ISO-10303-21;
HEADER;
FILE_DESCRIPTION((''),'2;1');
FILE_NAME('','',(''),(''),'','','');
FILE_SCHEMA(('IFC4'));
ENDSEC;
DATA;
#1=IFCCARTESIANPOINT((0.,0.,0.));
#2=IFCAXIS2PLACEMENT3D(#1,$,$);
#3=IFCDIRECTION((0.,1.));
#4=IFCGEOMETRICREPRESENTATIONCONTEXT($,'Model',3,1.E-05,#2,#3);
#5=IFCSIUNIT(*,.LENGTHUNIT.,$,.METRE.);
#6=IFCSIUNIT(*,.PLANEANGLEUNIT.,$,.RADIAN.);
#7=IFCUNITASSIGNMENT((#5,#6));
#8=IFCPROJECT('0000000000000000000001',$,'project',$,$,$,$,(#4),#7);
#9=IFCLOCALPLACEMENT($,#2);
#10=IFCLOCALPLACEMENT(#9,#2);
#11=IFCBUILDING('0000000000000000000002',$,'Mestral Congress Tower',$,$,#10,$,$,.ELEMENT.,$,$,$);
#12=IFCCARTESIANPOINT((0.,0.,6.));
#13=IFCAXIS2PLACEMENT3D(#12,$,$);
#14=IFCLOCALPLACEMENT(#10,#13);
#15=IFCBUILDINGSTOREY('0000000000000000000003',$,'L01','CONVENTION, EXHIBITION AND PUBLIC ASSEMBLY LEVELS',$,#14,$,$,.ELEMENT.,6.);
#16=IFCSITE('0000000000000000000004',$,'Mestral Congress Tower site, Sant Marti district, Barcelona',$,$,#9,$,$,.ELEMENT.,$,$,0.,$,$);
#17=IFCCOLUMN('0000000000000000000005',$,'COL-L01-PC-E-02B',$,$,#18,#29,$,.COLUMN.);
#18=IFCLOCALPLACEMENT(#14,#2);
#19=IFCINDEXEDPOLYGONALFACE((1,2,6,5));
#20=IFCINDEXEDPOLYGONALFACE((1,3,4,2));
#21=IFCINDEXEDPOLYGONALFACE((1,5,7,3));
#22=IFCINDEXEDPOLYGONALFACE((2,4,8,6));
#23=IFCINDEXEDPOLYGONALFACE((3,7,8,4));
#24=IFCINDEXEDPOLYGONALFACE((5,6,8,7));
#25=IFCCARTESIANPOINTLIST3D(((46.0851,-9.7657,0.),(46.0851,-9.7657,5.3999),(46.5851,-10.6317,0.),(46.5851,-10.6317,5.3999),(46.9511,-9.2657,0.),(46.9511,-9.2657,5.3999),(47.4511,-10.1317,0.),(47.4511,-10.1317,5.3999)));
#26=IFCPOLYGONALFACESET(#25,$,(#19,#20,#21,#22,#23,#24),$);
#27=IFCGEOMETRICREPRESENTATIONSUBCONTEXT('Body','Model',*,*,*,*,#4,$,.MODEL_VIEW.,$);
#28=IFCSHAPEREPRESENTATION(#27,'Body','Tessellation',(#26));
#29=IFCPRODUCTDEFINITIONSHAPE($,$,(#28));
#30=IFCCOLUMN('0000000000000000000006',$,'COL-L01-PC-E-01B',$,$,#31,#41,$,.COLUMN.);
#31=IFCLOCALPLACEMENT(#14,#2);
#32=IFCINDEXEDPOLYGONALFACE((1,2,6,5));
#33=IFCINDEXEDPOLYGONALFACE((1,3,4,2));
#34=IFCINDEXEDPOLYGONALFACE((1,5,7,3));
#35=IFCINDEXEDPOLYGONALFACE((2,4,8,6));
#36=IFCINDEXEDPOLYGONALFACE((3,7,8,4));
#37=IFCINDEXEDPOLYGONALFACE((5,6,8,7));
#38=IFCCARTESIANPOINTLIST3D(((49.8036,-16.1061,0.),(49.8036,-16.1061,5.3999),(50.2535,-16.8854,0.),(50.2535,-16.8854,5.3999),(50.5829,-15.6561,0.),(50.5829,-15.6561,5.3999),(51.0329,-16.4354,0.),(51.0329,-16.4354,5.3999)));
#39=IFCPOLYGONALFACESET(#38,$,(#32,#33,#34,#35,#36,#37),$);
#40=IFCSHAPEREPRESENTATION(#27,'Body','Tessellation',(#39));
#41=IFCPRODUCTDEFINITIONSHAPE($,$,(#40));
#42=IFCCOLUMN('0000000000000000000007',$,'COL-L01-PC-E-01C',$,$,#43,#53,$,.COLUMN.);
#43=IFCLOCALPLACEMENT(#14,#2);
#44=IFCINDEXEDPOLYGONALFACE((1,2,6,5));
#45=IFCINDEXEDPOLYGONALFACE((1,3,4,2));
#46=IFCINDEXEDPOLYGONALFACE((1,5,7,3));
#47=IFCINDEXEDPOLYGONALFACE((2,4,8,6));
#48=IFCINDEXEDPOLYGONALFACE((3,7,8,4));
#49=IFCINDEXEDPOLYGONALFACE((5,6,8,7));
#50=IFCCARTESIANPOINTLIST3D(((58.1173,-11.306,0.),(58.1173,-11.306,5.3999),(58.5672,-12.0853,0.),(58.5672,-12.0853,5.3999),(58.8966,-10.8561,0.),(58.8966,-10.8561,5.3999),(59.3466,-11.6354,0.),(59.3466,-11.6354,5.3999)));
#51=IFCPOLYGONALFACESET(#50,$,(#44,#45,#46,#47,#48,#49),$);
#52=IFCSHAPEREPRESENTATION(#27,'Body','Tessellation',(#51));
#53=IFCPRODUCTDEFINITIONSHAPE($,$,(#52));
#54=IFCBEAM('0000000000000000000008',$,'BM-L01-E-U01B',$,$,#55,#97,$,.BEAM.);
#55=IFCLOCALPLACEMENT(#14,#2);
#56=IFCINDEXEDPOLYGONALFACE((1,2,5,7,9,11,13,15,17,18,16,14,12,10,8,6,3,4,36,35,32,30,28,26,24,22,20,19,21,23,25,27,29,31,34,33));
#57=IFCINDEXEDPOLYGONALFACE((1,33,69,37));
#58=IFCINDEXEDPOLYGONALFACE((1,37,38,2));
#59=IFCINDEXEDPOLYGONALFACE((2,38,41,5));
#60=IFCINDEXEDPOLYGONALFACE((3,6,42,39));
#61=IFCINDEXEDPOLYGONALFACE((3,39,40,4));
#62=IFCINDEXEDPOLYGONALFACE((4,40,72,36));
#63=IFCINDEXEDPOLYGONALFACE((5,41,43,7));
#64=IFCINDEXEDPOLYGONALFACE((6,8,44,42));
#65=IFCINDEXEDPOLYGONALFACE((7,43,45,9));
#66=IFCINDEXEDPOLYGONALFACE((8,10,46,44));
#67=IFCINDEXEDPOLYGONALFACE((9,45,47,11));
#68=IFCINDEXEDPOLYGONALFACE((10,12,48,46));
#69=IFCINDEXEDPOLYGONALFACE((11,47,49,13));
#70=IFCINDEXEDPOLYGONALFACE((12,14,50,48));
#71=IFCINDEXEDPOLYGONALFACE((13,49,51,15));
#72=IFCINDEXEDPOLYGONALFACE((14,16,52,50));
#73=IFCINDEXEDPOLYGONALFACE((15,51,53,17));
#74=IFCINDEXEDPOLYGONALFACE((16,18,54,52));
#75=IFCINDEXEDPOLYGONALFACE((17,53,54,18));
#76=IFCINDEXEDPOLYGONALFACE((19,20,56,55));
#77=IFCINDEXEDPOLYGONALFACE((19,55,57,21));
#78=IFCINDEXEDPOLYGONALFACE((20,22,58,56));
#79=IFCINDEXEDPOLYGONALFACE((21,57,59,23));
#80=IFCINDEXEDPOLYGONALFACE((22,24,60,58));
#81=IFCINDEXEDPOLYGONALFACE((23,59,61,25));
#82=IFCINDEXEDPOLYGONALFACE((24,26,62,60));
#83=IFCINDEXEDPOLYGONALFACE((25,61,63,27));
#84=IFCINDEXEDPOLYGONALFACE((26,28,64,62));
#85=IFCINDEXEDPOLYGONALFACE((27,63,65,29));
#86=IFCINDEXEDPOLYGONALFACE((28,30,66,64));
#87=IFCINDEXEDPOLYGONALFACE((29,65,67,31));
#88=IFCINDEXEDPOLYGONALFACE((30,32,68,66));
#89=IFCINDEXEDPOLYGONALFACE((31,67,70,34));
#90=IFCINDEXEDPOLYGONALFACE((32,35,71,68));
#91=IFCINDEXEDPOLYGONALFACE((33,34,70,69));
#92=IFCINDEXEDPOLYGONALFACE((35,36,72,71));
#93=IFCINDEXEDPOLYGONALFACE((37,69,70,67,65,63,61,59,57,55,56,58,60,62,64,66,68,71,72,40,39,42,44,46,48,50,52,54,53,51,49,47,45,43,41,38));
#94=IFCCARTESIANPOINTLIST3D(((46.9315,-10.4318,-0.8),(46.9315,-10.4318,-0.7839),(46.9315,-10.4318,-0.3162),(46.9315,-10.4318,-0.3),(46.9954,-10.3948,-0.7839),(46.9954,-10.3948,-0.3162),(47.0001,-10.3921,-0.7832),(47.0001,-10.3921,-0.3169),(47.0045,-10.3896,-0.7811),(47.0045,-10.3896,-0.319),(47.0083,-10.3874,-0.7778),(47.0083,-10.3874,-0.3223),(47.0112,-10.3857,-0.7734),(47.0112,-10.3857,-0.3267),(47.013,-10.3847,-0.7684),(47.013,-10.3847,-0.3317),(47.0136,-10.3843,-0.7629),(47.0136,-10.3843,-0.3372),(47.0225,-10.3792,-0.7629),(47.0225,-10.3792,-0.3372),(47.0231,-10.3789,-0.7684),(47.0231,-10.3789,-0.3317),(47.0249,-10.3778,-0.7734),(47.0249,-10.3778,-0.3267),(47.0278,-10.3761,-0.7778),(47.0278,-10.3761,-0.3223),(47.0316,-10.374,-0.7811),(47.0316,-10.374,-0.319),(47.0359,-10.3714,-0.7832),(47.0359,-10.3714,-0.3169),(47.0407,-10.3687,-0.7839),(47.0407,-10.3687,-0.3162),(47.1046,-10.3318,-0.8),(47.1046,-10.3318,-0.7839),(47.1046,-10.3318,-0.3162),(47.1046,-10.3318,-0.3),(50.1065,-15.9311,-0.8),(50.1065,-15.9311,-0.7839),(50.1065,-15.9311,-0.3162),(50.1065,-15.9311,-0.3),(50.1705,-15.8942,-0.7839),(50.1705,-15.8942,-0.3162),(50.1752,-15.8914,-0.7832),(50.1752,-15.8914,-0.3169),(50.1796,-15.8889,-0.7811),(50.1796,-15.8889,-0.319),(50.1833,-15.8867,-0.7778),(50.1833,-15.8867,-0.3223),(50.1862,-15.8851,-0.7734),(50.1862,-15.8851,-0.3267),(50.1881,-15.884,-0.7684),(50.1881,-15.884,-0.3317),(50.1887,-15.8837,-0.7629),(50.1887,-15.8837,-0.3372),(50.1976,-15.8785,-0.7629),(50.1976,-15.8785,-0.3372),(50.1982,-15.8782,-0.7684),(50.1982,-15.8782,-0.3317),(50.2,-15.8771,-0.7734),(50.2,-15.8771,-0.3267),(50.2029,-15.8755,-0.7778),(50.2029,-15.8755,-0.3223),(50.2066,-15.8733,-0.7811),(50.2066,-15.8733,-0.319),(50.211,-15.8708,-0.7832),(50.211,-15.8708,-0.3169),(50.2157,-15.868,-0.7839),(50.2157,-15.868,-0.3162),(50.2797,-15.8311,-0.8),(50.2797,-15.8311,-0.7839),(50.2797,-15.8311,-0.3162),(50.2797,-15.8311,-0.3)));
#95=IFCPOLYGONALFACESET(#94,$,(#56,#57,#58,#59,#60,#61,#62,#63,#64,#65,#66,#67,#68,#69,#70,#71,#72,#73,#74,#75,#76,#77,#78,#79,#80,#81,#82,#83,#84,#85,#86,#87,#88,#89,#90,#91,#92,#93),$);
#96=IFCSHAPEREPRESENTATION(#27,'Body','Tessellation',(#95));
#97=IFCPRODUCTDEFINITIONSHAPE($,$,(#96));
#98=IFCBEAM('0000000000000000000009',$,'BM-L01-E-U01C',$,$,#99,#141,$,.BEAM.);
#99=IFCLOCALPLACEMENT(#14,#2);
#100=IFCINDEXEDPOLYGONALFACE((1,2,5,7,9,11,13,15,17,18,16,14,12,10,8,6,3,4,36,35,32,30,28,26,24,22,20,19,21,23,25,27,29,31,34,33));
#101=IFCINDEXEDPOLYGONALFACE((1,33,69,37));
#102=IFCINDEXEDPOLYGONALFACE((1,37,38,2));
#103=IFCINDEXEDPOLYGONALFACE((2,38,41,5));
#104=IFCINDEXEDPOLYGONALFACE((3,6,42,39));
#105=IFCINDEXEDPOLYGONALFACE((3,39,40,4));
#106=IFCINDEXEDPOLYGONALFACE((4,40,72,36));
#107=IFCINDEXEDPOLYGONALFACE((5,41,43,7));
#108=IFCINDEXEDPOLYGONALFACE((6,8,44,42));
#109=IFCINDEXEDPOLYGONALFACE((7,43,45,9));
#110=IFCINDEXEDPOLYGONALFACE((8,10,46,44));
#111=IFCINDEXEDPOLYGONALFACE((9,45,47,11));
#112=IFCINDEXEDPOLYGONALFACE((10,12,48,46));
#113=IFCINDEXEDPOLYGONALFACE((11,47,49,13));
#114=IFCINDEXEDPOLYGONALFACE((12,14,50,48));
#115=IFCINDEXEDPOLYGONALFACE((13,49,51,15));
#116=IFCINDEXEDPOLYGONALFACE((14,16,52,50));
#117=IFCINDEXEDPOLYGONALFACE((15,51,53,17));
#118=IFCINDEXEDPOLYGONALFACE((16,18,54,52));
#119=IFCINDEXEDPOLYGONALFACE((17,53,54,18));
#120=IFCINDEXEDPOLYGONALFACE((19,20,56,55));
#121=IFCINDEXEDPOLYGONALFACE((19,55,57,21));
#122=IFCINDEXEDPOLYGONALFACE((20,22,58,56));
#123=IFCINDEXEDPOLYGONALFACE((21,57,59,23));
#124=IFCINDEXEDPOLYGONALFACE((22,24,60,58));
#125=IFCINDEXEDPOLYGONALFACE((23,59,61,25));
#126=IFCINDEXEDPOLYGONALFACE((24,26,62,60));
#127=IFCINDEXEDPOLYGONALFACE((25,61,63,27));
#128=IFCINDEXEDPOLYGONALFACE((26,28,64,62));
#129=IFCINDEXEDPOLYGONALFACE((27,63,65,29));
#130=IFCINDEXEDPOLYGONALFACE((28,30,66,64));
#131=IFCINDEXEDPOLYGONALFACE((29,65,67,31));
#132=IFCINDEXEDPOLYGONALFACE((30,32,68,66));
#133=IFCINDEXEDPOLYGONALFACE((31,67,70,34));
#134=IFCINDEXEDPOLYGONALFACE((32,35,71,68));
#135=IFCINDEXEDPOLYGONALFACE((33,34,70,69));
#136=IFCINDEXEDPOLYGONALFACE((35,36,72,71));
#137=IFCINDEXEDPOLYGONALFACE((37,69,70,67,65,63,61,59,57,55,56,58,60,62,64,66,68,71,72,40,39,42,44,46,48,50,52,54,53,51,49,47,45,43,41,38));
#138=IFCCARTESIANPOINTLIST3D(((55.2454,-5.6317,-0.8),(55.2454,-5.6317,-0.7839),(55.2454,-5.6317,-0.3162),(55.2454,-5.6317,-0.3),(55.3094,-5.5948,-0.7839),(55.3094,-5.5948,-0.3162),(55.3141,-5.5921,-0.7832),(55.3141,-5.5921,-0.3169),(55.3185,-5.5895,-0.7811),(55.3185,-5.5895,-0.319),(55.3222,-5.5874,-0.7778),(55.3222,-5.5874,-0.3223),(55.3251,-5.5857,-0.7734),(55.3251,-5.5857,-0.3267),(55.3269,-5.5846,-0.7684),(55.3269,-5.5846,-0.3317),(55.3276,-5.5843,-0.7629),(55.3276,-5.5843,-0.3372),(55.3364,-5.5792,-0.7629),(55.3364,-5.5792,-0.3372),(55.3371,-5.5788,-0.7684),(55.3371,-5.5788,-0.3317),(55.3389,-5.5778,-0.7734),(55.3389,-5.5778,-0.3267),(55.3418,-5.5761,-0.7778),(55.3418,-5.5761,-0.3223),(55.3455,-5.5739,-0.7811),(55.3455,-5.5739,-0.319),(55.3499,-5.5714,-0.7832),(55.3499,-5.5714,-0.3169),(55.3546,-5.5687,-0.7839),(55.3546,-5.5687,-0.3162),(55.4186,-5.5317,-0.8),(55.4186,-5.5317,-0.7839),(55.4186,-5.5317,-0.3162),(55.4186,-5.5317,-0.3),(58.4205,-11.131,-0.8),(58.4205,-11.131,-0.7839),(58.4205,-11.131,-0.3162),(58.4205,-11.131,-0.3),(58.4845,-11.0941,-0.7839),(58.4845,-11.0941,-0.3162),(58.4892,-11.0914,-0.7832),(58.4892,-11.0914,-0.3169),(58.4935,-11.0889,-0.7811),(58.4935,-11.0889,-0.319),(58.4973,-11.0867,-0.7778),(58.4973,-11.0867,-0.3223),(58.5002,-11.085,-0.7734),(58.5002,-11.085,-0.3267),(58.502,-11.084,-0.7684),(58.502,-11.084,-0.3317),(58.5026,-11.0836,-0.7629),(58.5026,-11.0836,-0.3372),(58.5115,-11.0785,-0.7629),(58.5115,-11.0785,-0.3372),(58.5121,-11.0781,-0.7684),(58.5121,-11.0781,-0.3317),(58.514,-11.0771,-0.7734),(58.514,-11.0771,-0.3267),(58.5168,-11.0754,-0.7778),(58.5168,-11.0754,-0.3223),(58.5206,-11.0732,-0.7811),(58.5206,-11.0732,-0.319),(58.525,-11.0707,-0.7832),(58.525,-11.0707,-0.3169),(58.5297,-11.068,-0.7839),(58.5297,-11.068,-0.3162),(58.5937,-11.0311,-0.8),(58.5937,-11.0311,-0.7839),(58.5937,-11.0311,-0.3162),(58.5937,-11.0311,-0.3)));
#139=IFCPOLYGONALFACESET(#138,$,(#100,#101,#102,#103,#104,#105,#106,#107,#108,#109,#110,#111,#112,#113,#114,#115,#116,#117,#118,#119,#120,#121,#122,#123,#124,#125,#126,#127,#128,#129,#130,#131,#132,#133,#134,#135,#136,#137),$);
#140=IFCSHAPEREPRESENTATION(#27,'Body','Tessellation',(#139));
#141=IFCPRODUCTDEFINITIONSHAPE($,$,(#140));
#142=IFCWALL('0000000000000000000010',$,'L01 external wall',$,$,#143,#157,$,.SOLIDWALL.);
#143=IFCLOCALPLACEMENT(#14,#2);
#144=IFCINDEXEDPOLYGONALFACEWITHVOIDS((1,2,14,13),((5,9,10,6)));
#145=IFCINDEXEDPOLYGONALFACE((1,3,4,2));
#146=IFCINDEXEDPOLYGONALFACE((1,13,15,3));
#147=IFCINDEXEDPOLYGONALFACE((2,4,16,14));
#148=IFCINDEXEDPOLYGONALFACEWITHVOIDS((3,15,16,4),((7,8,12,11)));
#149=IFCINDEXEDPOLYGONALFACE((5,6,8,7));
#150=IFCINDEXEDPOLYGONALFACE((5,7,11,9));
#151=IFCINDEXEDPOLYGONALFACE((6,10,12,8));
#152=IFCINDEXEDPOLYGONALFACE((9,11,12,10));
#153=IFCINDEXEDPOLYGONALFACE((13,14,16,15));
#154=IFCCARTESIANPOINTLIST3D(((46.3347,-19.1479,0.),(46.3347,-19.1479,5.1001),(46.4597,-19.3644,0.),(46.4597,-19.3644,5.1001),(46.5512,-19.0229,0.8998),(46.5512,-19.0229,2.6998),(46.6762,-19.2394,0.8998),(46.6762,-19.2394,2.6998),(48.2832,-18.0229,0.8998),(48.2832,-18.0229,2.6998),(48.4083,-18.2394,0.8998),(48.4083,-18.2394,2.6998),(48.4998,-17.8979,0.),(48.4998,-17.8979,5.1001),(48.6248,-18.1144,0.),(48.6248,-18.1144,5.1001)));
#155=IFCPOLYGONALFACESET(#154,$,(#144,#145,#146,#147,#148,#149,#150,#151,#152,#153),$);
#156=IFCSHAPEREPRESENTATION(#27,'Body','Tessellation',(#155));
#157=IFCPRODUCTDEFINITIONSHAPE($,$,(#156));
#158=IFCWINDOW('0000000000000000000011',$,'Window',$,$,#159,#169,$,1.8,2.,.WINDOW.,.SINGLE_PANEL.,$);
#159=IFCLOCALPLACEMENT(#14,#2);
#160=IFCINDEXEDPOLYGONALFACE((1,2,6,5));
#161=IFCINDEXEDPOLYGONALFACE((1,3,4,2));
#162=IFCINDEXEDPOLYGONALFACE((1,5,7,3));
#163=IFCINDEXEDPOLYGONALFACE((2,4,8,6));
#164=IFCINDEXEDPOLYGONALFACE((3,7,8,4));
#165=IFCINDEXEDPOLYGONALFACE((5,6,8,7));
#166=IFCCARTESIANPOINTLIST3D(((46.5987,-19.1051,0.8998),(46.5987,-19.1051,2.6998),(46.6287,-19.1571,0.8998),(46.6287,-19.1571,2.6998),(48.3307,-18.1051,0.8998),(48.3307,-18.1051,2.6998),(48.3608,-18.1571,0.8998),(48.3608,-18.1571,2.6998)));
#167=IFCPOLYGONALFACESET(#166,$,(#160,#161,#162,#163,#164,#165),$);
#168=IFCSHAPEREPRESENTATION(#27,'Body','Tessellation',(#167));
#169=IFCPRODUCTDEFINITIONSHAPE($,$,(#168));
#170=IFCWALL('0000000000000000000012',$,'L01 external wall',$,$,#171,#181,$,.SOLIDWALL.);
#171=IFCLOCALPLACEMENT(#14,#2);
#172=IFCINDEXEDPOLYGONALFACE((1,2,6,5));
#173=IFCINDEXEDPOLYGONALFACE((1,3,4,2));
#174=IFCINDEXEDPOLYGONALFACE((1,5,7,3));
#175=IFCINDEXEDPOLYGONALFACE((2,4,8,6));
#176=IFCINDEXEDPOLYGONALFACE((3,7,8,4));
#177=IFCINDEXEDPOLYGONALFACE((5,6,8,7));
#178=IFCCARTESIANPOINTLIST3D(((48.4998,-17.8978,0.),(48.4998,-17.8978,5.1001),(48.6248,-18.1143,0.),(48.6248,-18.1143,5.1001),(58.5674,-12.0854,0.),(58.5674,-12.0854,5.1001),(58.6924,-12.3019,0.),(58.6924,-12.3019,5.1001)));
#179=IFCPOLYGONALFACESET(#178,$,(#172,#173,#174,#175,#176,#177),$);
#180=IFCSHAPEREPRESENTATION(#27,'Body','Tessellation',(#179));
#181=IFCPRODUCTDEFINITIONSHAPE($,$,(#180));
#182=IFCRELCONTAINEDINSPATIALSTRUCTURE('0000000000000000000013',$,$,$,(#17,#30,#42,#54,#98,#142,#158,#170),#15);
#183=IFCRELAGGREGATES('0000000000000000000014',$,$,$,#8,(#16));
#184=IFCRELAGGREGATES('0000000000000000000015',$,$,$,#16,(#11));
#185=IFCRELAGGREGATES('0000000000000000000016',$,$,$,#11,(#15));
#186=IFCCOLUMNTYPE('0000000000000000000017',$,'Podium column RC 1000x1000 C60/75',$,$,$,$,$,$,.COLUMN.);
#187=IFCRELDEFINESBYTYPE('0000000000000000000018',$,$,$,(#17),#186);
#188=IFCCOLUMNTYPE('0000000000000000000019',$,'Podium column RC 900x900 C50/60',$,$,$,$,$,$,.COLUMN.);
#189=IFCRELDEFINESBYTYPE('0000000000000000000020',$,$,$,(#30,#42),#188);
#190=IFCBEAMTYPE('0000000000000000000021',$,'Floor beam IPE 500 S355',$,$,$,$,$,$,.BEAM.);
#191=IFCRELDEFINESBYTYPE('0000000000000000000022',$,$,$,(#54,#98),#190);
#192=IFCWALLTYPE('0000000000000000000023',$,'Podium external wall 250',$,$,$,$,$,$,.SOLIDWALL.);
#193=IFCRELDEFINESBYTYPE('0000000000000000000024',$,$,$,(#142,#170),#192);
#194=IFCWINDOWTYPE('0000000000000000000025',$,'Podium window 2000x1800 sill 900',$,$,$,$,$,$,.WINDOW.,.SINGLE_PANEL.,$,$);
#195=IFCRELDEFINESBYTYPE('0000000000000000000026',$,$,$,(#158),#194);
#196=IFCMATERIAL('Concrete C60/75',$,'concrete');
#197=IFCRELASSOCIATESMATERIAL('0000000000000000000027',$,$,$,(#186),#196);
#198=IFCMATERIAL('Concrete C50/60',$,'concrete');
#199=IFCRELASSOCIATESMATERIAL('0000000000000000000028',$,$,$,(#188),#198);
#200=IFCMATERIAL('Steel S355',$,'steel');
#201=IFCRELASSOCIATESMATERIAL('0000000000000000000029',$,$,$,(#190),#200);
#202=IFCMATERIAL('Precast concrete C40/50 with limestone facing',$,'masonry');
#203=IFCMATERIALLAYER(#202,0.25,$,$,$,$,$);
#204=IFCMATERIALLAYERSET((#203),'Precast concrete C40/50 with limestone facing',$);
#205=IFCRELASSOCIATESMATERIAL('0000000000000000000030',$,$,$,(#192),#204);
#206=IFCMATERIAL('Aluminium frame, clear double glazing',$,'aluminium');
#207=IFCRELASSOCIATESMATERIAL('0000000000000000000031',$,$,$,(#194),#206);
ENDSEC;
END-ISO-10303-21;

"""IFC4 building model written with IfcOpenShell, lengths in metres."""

from ifc_helpers import new_model, si_unit, direction, frame, frame_2d, origin, origin_2d, place, context, subcontext, project, spatial, rectangle, i_section, extrude, material, layer, layer_set, material_profile, profile_set, type_object, element, fill, save


model = new_model("IFC4")

# Units and contexts
model_context = context("Model", 3, precision=1e-05, world=origin(), true_north=direction((0.0, 1.0)))
body_context = subcontext(model_context, "Body", "Model", "MODEL_VIEW")
ifc_project = project(units=[si_unit("LENGTHUNIT", "METRE"), si_unit("PLANEANGLEUNIT", "RADIAN")], contexts=[model_context])

# Site, building, storey
site_placement = place(None, origin())
site = spatial("IfcSite", under=ifc_project, at=site_placement, Name="Mestral Congress Tower site, Sant Marti district, Barcelona", CompositionType="ELEMENT", RefElevation=0.0)
building_placement = place(site_placement, origin())
building = spatial("IfcBuilding", under=site, at=building_placement, Name="Mestral Congress Tower", CompositionType="ELEMENT")
storey_placement = place(building_placement, frame((0.0, 0.0, 6.0)))
storey = spatial("IfcBuildingStorey", under=building, at=storey_placement, Name="L01", Description="CONVENTION, EXHIBITION AND PUBLIC ASSEMBLY LEVELS", CompositionType="ELEMENT", Elevation=6.0)

# Columns
ifc_material_1 = material(Name="Concrete C60/75", Category="concrete")
ifc_material_profile_1 = material_profile(ifc_material_1, rectangle(XDim=1.0, YDim=1.0, at=origin_2d()), Name="RC 1000x1000")
ifc_profile_set_1 = profile_set([ifc_material_profile_1], Name="Concrete C60/75")
column_type_1 = type_object("IfcColumnType", Name="Podium column RC 1000x1000 C60/75", PredefinedType="COLUMN", material=ifc_profile_set_1)
column_placement = place(storey_placement, frame((46.7681, -9.9487, 0.0), z_axis=(0.0, 0.0, 1.0), x_axis=(-0.5, 0.866025, 0.0)))
element("IfcColumn", 1, at=column_placement, inside=storey, type_object=column_type_1, Name="COL-L01-PC-E-02B", PredefinedType="COLUMN", context=body_context, shape_type="SweptSolid", body=[
    extrude(rectangle(XDim=1.0, YDim=1.0, at=origin_2d()), origin(), (0.0, 0.0, 1.0), 5.3999),
])
ifc_material_2 = material(Name="Concrete C50/60", Category="concrete")
ifc_material_profile_2 = material_profile(ifc_material_2, rectangle(XDim=0.8999, YDim=0.8999, at=origin_2d()), Name="RC 900x900")
ifc_profile_set_2 = profile_set([ifc_material_profile_2], Name="Concrete C50/60")
column_type_2 = type_object("IfcColumnType", Name="Podium column RC 900x900 C50/60", PredefinedType="COLUMN", material=ifc_profile_set_2)
for number, where, z_axis, x_axis, name in (
    (2, (50.4182, -16.2708, 0.0), (0.0, 0.0, 1.0), (-0.5, 0.866025, 0.0), "COL-L01-PC-E-01B"),
    (3, (58.7319, -11.4707, 0.0), (0.0, 0.0, 1.0), (-0.5, 0.866025, 0.0), "COL-L01-PC-E-01C"),
):
    element("IfcColumn", number, at=place(storey_placement, frame(where, z_axis=z_axis, x_axis=x_axis)), inside=storey, type_object=column_type_2, Name=name, PredefinedType="COLUMN", context=body_context, shape_type="SweptSolid", body=[
        extrude(rectangle(XDim=0.8999, YDim=0.8999, at=origin_2d()), origin(), (0.0, 0.0, 1.0), 5.3999),
    ])

# Beams
ifc_material_3 = material(Name="Steel S355", Category="steel")
ifc_material_profile_3 = material_profile(ifc_material_3, i_section(OverallWidth=0.2, OverallDepth=0.5, WebThickness=0.0103, FlangeThickness=0.0161, FilletRadius=0.021, at=origin_2d()), Name="IPE 500")
ifc_profile_set_3 = profile_set([ifc_material_profile_3], Name="Steel S355")
beam_type = type_object("IfcBeamType", Name="Floor beam IPE 500 S355", PredefinedType="BEAM", material=ifc_profile_set_3)
for number, where, z_axis, x_axis, name in (
    (4, (50.1931, -15.8811, -0.55), (-0.500005, 0.866022, 0.0), (-0.866022, -0.500005, 0.0), "BM-L01-E-U01B"),
    (5, (58.5071, -11.0811, -0.55), (-0.500005, 0.866022, 0.0), (-0.866022, -0.500005, 0.0), "BM-L01-E-U01C"),
):
    element("IfcBeam", number, at=place(storey_placement, frame(where, z_axis=z_axis, x_axis=x_axis)), inside=storey, type_object=beam_type, Name=name, PredefinedType="BEAM", context=body_context, shape_type="SweptSolid", body=[
        extrude(i_section(OverallWidth=0.2, OverallDepth=0.5, WebThickness=0.0103, FlangeThickness=0.0161, FilletRadius=0.021, at=origin_2d()), origin(), (0.0, 0.0, 1.0), 6.3501),
    ])

# Wall, opening, window
ifc_material_4 = material(Name="Precast concrete C40/50 with limestone facing", Category="masonry")
ifc_layer_1 = layer(ifc_material_4, 0.25)
ifc_layer_set_1 = layer_set([ifc_layer_1], Name="Precast concrete C40/50 with limestone facing")
wall_type_1 = type_object("IfcWallType", Name="Podium external wall 250", PredefinedType="SOLIDWALL", material=ifc_layer_set_1)
wall_1_placement = place(storey_placement, frame((48.5623, -18.0061, 0.0), z_axis=(0.0, 0.0, 1.0), x_axis=(-0.866023, -0.500004, 0.0)))
wall_1 = element("IfcWall", 6, at=wall_1_placement, inside=storey, type_object=wall_type_1, Name="L01 external wall", PredefinedType="SOLIDWALL", context=body_context, shape_type="SweptSolid", body=[
    extrude(rectangle(XDim=2.5, YDim=0.25, at=frame_2d((1.25, 0.0))), origin(), (0.0, 0.0, 1.0), 5.1001),
])
opening_1_placement = place(wall_1_placement, frame((0.25, 0.0, 0.8999)))
opening_1 = element("IfcOpeningElement", 7, at=opening_1_placement, cuts=wall_1, PredefinedType="OPENING", context=body_context, shape_type="SweptSolid", body=[
    extrude(rectangle(XDim=2.0, YDim=1.8, at=frame_2d((1.0, 0.8999))), frame((0.0, 0.135, 0.0), z_axis=(0.0, -1.0, 0.0), x_axis=(1.0, 0.0, 0.0)), (0.0, 0.0, 1.0), 0.27),
])
ifc_material_5 = material(Name="Aluminium frame, clear double glazing", Category="aluminium")
window_type = type_object("IfcWindowType", Name="Podium window 2000x1800 sill 900", PartitioningType="SINGLE_PANEL", PredefinedType="WINDOW", material=ifc_material_5)
window_placement = place(opening_1_placement, origin())
window = element("IfcWindow", 8, at=window_placement, inside=storey, type_object=window_type, Name="Window", OverallHeight=1.8, OverallWidth=2.0, PartitioningType="SINGLE_PANEL", PredefinedType="WINDOW", context=body_context, shape_type="SweptSolid", body=[
    extrude(rectangle(XDim=2.0, YDim=1.8, at=frame_2d((1.0, 0.8999))), frame((0.0, 0.03, 0.0), z_axis=(0.0, -1.0, 0.0), x_axis=(1.0, 0.0, 0.0)), (0.0, 0.0, 1.0), 0.0601),
])
fill(opening_1, window)

# Wall
wall_2_placement = place(storey_placement, frame((58.6299, -12.1936, 0.0), z_axis=(0.0, 0.0, 1.0), x_axis=(-0.866027, -0.499997, 0.0)))
element("IfcWall", 9, at=wall_2_placement, inside=storey, type_object=wall_type_1, Name="L01 external wall", PredefinedType="SOLIDWALL", context=body_context, shape_type="SweptSolid", body=[
    extrude(rectangle(XDim=11.625, YDim=0.25, at=frame_2d((5.8125, 0.0))), origin(), (0.0, 0.0, 1.0), 5.1001),
])

save(model, "model.ifc")
